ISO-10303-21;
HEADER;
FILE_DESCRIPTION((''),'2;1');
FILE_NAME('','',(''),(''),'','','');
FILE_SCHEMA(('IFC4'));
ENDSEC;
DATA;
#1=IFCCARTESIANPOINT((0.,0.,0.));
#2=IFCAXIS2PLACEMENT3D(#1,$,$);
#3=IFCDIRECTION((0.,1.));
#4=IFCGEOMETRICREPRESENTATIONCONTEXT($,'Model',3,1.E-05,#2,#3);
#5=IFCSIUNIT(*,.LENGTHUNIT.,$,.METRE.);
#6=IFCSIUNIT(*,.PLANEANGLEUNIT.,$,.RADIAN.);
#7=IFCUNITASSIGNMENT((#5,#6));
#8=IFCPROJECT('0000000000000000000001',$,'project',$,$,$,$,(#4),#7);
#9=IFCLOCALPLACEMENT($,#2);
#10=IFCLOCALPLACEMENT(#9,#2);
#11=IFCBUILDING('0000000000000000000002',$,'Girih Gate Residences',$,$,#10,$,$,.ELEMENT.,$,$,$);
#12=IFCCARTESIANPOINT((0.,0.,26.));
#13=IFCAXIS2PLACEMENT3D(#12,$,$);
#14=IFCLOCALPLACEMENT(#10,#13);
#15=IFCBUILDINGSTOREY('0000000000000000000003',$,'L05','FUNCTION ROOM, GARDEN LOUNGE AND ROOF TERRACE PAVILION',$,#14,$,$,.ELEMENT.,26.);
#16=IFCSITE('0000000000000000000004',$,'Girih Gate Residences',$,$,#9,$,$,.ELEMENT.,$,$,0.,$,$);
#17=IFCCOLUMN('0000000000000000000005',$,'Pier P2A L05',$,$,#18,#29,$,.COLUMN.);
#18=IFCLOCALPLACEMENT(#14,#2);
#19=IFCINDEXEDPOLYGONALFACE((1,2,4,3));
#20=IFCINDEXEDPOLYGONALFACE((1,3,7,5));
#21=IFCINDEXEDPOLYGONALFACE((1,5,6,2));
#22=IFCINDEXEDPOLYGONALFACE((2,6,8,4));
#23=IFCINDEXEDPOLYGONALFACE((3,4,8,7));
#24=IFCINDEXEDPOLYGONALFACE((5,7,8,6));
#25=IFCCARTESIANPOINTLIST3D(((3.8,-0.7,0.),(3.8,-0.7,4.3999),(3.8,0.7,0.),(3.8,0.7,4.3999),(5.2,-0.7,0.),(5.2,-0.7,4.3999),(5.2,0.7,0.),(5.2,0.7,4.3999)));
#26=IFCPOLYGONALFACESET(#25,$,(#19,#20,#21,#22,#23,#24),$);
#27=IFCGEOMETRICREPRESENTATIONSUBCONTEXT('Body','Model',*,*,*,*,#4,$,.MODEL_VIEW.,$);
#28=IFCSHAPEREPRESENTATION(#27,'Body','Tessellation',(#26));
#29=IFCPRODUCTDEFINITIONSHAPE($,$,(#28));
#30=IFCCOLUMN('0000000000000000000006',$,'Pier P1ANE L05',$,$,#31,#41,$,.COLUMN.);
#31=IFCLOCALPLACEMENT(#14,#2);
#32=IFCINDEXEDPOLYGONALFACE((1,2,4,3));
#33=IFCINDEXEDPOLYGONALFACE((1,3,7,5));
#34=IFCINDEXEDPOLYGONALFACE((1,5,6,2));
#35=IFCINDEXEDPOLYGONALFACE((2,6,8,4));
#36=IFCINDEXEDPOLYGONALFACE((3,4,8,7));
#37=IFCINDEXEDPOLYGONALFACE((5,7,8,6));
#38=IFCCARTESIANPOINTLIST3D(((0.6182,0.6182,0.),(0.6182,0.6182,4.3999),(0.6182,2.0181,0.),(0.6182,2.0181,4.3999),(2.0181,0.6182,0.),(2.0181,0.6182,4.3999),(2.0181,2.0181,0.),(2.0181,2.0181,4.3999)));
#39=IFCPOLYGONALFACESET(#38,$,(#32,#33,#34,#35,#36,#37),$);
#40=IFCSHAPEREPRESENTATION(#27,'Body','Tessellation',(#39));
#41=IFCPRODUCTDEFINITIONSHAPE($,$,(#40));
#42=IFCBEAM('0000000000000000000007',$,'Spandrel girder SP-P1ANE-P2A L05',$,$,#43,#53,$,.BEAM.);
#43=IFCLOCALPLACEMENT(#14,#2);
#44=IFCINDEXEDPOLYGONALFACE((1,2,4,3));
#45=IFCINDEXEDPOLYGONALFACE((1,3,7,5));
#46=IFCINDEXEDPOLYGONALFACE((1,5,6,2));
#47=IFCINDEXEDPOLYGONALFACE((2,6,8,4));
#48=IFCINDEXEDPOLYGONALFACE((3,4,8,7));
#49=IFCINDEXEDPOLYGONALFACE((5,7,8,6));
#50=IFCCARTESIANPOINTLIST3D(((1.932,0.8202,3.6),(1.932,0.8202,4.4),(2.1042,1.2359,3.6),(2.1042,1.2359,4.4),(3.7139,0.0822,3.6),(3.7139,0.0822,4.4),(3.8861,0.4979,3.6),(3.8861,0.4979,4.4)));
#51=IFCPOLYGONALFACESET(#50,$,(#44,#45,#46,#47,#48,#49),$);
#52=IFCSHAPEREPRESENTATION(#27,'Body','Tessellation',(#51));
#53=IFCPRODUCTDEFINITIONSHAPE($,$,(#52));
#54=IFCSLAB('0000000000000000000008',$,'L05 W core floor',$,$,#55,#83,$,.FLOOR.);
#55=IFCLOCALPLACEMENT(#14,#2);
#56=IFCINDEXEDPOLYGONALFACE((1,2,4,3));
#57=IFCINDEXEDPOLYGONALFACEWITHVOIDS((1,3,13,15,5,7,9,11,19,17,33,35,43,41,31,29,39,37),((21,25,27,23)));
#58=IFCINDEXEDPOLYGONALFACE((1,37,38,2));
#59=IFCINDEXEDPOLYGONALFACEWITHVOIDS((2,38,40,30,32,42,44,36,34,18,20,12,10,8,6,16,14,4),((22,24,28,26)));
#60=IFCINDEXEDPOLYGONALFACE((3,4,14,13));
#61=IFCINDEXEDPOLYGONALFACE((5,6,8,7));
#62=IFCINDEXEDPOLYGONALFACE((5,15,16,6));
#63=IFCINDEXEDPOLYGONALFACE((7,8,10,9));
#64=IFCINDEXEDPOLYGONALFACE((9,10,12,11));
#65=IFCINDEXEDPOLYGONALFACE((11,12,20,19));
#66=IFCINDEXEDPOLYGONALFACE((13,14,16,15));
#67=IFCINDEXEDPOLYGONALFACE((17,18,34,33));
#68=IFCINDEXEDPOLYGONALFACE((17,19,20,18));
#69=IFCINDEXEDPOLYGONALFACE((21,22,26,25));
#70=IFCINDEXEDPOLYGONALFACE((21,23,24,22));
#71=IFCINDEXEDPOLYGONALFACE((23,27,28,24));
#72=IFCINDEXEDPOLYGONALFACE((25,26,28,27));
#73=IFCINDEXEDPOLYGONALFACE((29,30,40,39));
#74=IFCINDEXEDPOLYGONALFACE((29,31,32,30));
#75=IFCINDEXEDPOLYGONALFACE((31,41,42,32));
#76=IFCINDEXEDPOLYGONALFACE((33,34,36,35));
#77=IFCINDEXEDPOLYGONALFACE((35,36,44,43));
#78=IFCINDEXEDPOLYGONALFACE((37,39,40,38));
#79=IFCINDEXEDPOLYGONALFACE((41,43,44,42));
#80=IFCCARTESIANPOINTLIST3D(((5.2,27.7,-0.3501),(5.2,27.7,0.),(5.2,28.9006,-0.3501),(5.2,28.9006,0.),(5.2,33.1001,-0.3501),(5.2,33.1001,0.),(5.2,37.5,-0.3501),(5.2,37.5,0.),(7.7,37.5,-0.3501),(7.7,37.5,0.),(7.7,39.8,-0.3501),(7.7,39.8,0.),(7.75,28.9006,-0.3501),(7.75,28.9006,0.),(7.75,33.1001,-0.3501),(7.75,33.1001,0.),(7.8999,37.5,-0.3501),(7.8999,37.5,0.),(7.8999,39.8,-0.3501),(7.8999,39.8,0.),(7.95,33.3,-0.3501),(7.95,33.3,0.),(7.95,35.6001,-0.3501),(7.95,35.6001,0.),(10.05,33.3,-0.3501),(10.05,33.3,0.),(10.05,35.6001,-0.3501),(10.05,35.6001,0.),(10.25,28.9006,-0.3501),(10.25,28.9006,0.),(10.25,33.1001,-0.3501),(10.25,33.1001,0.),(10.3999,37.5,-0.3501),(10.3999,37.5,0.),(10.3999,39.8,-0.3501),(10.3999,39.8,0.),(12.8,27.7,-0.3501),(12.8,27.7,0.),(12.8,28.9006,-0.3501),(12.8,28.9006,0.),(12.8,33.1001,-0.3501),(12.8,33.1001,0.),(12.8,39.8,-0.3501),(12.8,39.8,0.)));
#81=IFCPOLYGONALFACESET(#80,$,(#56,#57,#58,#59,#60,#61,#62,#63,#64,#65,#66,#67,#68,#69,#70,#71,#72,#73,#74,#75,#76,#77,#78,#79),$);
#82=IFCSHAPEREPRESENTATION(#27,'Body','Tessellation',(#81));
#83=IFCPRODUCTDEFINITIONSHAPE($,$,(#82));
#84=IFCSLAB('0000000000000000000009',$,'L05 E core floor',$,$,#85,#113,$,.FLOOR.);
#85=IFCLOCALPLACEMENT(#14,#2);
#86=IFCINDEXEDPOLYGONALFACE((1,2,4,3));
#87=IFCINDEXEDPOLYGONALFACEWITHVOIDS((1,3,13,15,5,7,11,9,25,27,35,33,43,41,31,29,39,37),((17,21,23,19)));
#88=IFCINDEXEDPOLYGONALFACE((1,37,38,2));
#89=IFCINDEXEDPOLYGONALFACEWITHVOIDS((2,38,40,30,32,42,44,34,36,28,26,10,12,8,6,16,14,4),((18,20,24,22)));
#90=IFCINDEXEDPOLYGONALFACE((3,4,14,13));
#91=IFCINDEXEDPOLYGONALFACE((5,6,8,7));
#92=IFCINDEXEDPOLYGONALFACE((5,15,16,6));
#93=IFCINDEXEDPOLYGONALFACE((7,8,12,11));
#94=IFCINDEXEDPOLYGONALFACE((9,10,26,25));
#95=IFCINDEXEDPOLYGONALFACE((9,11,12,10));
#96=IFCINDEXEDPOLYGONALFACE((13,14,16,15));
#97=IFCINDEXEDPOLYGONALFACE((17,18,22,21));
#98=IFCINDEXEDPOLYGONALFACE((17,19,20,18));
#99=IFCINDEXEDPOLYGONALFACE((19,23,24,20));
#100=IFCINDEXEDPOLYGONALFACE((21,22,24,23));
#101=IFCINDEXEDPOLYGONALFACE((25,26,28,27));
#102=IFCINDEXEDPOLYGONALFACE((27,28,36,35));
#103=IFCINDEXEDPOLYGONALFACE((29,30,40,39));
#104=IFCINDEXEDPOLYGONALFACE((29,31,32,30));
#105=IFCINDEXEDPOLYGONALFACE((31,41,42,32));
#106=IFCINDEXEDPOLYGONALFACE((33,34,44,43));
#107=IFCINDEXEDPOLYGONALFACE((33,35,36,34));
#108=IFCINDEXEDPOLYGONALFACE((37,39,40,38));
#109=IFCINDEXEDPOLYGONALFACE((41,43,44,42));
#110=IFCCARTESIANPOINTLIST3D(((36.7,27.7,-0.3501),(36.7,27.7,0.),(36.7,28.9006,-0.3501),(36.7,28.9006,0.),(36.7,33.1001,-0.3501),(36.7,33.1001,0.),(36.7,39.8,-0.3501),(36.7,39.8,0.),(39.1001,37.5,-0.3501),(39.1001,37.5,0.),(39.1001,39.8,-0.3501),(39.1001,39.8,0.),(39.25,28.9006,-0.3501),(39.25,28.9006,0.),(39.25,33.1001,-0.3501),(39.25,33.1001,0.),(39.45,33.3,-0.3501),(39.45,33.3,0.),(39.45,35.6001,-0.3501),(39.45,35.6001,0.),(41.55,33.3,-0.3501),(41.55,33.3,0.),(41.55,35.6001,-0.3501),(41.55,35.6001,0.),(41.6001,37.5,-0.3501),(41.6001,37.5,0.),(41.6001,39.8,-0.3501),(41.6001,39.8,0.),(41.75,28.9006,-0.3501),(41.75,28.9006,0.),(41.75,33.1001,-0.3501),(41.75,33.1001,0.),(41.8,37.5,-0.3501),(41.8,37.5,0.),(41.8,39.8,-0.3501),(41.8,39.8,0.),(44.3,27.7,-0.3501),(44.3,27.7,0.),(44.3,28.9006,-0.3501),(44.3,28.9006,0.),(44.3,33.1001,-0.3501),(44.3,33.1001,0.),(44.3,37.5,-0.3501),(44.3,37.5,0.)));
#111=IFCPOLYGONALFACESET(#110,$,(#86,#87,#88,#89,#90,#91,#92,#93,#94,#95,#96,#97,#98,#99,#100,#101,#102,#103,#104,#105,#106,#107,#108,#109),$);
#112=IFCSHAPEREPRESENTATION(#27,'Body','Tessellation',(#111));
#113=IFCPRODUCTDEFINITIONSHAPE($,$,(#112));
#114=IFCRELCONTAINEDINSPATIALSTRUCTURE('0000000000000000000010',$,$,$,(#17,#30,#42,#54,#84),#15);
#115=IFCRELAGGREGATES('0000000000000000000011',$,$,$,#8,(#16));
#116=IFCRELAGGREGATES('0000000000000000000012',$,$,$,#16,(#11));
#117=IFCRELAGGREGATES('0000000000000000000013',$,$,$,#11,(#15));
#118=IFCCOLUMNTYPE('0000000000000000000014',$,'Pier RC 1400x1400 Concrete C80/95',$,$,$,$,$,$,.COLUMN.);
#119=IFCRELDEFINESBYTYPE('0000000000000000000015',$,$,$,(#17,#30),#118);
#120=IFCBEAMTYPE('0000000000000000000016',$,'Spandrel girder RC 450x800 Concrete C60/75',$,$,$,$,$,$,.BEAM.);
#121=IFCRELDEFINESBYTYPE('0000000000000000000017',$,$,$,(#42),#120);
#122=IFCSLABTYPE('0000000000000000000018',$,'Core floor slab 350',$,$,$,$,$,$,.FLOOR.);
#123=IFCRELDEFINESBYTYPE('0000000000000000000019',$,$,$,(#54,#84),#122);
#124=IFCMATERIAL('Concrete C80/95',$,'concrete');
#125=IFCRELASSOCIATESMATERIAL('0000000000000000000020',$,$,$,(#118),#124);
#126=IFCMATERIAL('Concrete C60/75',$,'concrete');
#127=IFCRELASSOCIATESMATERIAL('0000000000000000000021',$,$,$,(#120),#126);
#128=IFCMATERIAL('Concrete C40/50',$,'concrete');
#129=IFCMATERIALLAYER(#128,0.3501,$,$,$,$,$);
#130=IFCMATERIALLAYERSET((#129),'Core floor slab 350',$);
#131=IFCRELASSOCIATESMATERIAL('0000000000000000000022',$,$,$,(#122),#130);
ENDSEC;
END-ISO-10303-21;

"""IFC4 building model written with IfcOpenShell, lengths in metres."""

from ifc_helpers import new_model, si_unit, direction, frame, origin, origin_2d, place, context, subcontext, project, spatial, polyline, rectangle, outline, extrude, material, layer, layer_set, material_profile, profile_set, type_object, element, save


model = new_model("IFC4")

# Units and contexts
model_context = context("Model", 3, precision=1e-05, world=origin(), true_north=direction((0.0, 1.0)))
body_context = subcontext(model_context, "Body", "Model", "MODEL_VIEW")
ifc_project = project(units=[si_unit("LENGTHUNIT", "METRE"), si_unit("PLANEANGLEUNIT", "RADIAN")], contexts=[model_context])

# Site, building, storey
site_placement = place(None, origin())
site = spatial("IfcSite", under=ifc_project, at=site_placement, Name="Girih Gate Residences", CompositionType="ELEMENT", RefElevation=0.0)
building_placement = place(site_placement, origin())
building = spatial("IfcBuilding", under=site, at=building_placement, Name="Girih Gate Residences", CompositionType="ELEMENT")
storey_placement = place(building_placement, frame((0.0, 0.0, 26.0)))
storey = spatial("IfcBuildingStorey", under=building, at=storey_placement, Name="L05", Description="FUNCTION ROOM, GARDEN LOUNGE AND ROOF TERRACE PAVILION", CompositionType="ELEMENT", Elevation=26.0)

# Columns
ifc_material_1 = material(Name="Concrete C80/95", Category="concrete")
ifc_material_profile_1 = material_profile(ifc_material_1, rectangle(XDim=1.3999, YDim=1.3999, at=origin_2d()))
ifc_profile_set_1 = profile_set([ifc_material_profile_1], Name="Concrete C80/95")
column_type = type_object("IfcColumnType", Name="Pier RC 1400x1400 Concrete C80/95", PredefinedType="COLUMN", material=ifc_profile_set_1)
for number, where, z_axis, x_axis, name in (
    (1, (4.5, 0.0, 0.0), (0.0, 0.0, 1.0), (1.0, 0.0, 0.0), "Pier P2A L05"),
    (2, (1.3181, 1.3181, 0.0), (0.0, 0.0, 1.0), (1.0, 0.0, 0.0), "Pier P1ANE L05"),
):
    element("IfcColumn", number, at=place(storey_placement, frame(where, z_axis=z_axis, x_axis=x_axis)), inside=storey, type_object=column_type, Name=name, PredefinedType="COLUMN", context=body_context, shape_type="SweptSolid", body=[
        extrude(rectangle(XDim=1.3999, YDim=1.3999, at=origin_2d()), origin(), (0.0, 0.0, 1.0), 4.3999),
    ])

# Beam
ifc_material_2 = material(Name="Concrete C60/75", Category="concrete")
ifc_material_profile_2 = material_profile(ifc_material_2, rectangle(XDim=0.45, YDim=0.8, at=origin_2d()))
ifc_profile_set_2 = profile_set([ifc_material_profile_2], Name="Concrete C60/75")
beam_type = type_object("IfcBeamType", Name="Spandrel girder RC 450x800 Concrete C60/75", PredefinedType="BEAM", material=ifc_profile_set_2)
beam_placement = place(storey_placement, frame((2.0181, 1.0281, 4.0), z_axis=(0.923895, -0.382646, 0.0), x_axis=(0.382646, 0.923895, 0.0)))
element("IfcBeam", 3, at=beam_placement, inside=storey, type_object=beam_type, Name="Spandrel girder SP-P1ANE-P2A L05", PredefinedType="BEAM", context=body_context, shape_type="SweptSolid", body=[
    extrude(rectangle(XDim=0.45, YDim=0.8, at=origin_2d()), origin(), (0.0, 0.0, 1.0), 1.9287),
])

# Slabs
ifc_material_3 = material(Name="Concrete C40/50", Category="concrete")
ifc_layer_1 = layer(ifc_material_3, 0.3501)
ifc_layer_set_1 = layer_set([ifc_layer_1], Name="Core floor slab 350")
slab_type_1 = type_object("IfcSlabType", Name="Core floor slab 350", PredefinedType="FLOOR", material=ifc_layer_set_1)
slab_1_placement = place(storey_placement, frame((0.0, 0.0, -0.3501)))
element("IfcSlab", 4, at=slab_1_placement, inside=storey, type_object=slab_type_1, Name="L05 W core floor", PredefinedType="FLOOR", context=body_context, shape_type="SweptSolid", body=[
    extrude(outline(polyline([(12.8, 27.7), (5.2, 27.7), (5.2, 28.9006), (7.75, 28.9006), (7.75, 33.1001), (5.2, 33.1001), (5.2, 37.5), (7.7, 37.5), (7.7, 39.8), (7.8999, 39.8), (7.8999, 37.5), (10.3999, 37.5), (10.3999, 39.8), (12.8, 39.8), (12.8, 33.1001), (10.25, 33.1001), (10.25, 28.9006), (12.8, 28.9006), (12.8, 27.7)]), holes=[polyline([(7.95, 33.3), (10.05, 33.3), (10.05, 35.6001), (7.95, 35.6001), (7.95, 33.3)])]), origin(), (0.0, 0.0, 1.0), 0.3501),
])
slab_2_placement = place(storey_placement, frame((0.0, 0.0, -0.3501)))
element("IfcSlab", 5, at=slab_2_placement, inside=storey, type_object=slab_type_1, Name="L05 E core floor", PredefinedType="FLOOR", context=body_context, shape_type="SweptSolid", body=[
    extrude(outline(polyline([(44.3, 27.7), (36.7, 27.7), (36.7, 28.9006), (39.25, 28.9006), (39.25, 33.1001), (36.7, 33.1001), (36.7, 39.8), (39.1001, 39.8), (39.1001, 37.5), (41.6001, 37.5), (41.6001, 39.8), (41.8, 39.8), (41.8, 37.5), (44.3, 37.5), (44.3, 33.1001), (41.75, 33.1001), (41.75, 28.9006), (44.3, 28.9006), (44.3, 27.7)]), holes=[polyline([(39.45, 33.3), (41.55, 33.3), (41.55, 35.6001), (39.45, 35.6001), (39.45, 33.3)])]), origin(), (0.0, 0.0, 1.0), 0.3501),
])

save(model, "model.ifc")
